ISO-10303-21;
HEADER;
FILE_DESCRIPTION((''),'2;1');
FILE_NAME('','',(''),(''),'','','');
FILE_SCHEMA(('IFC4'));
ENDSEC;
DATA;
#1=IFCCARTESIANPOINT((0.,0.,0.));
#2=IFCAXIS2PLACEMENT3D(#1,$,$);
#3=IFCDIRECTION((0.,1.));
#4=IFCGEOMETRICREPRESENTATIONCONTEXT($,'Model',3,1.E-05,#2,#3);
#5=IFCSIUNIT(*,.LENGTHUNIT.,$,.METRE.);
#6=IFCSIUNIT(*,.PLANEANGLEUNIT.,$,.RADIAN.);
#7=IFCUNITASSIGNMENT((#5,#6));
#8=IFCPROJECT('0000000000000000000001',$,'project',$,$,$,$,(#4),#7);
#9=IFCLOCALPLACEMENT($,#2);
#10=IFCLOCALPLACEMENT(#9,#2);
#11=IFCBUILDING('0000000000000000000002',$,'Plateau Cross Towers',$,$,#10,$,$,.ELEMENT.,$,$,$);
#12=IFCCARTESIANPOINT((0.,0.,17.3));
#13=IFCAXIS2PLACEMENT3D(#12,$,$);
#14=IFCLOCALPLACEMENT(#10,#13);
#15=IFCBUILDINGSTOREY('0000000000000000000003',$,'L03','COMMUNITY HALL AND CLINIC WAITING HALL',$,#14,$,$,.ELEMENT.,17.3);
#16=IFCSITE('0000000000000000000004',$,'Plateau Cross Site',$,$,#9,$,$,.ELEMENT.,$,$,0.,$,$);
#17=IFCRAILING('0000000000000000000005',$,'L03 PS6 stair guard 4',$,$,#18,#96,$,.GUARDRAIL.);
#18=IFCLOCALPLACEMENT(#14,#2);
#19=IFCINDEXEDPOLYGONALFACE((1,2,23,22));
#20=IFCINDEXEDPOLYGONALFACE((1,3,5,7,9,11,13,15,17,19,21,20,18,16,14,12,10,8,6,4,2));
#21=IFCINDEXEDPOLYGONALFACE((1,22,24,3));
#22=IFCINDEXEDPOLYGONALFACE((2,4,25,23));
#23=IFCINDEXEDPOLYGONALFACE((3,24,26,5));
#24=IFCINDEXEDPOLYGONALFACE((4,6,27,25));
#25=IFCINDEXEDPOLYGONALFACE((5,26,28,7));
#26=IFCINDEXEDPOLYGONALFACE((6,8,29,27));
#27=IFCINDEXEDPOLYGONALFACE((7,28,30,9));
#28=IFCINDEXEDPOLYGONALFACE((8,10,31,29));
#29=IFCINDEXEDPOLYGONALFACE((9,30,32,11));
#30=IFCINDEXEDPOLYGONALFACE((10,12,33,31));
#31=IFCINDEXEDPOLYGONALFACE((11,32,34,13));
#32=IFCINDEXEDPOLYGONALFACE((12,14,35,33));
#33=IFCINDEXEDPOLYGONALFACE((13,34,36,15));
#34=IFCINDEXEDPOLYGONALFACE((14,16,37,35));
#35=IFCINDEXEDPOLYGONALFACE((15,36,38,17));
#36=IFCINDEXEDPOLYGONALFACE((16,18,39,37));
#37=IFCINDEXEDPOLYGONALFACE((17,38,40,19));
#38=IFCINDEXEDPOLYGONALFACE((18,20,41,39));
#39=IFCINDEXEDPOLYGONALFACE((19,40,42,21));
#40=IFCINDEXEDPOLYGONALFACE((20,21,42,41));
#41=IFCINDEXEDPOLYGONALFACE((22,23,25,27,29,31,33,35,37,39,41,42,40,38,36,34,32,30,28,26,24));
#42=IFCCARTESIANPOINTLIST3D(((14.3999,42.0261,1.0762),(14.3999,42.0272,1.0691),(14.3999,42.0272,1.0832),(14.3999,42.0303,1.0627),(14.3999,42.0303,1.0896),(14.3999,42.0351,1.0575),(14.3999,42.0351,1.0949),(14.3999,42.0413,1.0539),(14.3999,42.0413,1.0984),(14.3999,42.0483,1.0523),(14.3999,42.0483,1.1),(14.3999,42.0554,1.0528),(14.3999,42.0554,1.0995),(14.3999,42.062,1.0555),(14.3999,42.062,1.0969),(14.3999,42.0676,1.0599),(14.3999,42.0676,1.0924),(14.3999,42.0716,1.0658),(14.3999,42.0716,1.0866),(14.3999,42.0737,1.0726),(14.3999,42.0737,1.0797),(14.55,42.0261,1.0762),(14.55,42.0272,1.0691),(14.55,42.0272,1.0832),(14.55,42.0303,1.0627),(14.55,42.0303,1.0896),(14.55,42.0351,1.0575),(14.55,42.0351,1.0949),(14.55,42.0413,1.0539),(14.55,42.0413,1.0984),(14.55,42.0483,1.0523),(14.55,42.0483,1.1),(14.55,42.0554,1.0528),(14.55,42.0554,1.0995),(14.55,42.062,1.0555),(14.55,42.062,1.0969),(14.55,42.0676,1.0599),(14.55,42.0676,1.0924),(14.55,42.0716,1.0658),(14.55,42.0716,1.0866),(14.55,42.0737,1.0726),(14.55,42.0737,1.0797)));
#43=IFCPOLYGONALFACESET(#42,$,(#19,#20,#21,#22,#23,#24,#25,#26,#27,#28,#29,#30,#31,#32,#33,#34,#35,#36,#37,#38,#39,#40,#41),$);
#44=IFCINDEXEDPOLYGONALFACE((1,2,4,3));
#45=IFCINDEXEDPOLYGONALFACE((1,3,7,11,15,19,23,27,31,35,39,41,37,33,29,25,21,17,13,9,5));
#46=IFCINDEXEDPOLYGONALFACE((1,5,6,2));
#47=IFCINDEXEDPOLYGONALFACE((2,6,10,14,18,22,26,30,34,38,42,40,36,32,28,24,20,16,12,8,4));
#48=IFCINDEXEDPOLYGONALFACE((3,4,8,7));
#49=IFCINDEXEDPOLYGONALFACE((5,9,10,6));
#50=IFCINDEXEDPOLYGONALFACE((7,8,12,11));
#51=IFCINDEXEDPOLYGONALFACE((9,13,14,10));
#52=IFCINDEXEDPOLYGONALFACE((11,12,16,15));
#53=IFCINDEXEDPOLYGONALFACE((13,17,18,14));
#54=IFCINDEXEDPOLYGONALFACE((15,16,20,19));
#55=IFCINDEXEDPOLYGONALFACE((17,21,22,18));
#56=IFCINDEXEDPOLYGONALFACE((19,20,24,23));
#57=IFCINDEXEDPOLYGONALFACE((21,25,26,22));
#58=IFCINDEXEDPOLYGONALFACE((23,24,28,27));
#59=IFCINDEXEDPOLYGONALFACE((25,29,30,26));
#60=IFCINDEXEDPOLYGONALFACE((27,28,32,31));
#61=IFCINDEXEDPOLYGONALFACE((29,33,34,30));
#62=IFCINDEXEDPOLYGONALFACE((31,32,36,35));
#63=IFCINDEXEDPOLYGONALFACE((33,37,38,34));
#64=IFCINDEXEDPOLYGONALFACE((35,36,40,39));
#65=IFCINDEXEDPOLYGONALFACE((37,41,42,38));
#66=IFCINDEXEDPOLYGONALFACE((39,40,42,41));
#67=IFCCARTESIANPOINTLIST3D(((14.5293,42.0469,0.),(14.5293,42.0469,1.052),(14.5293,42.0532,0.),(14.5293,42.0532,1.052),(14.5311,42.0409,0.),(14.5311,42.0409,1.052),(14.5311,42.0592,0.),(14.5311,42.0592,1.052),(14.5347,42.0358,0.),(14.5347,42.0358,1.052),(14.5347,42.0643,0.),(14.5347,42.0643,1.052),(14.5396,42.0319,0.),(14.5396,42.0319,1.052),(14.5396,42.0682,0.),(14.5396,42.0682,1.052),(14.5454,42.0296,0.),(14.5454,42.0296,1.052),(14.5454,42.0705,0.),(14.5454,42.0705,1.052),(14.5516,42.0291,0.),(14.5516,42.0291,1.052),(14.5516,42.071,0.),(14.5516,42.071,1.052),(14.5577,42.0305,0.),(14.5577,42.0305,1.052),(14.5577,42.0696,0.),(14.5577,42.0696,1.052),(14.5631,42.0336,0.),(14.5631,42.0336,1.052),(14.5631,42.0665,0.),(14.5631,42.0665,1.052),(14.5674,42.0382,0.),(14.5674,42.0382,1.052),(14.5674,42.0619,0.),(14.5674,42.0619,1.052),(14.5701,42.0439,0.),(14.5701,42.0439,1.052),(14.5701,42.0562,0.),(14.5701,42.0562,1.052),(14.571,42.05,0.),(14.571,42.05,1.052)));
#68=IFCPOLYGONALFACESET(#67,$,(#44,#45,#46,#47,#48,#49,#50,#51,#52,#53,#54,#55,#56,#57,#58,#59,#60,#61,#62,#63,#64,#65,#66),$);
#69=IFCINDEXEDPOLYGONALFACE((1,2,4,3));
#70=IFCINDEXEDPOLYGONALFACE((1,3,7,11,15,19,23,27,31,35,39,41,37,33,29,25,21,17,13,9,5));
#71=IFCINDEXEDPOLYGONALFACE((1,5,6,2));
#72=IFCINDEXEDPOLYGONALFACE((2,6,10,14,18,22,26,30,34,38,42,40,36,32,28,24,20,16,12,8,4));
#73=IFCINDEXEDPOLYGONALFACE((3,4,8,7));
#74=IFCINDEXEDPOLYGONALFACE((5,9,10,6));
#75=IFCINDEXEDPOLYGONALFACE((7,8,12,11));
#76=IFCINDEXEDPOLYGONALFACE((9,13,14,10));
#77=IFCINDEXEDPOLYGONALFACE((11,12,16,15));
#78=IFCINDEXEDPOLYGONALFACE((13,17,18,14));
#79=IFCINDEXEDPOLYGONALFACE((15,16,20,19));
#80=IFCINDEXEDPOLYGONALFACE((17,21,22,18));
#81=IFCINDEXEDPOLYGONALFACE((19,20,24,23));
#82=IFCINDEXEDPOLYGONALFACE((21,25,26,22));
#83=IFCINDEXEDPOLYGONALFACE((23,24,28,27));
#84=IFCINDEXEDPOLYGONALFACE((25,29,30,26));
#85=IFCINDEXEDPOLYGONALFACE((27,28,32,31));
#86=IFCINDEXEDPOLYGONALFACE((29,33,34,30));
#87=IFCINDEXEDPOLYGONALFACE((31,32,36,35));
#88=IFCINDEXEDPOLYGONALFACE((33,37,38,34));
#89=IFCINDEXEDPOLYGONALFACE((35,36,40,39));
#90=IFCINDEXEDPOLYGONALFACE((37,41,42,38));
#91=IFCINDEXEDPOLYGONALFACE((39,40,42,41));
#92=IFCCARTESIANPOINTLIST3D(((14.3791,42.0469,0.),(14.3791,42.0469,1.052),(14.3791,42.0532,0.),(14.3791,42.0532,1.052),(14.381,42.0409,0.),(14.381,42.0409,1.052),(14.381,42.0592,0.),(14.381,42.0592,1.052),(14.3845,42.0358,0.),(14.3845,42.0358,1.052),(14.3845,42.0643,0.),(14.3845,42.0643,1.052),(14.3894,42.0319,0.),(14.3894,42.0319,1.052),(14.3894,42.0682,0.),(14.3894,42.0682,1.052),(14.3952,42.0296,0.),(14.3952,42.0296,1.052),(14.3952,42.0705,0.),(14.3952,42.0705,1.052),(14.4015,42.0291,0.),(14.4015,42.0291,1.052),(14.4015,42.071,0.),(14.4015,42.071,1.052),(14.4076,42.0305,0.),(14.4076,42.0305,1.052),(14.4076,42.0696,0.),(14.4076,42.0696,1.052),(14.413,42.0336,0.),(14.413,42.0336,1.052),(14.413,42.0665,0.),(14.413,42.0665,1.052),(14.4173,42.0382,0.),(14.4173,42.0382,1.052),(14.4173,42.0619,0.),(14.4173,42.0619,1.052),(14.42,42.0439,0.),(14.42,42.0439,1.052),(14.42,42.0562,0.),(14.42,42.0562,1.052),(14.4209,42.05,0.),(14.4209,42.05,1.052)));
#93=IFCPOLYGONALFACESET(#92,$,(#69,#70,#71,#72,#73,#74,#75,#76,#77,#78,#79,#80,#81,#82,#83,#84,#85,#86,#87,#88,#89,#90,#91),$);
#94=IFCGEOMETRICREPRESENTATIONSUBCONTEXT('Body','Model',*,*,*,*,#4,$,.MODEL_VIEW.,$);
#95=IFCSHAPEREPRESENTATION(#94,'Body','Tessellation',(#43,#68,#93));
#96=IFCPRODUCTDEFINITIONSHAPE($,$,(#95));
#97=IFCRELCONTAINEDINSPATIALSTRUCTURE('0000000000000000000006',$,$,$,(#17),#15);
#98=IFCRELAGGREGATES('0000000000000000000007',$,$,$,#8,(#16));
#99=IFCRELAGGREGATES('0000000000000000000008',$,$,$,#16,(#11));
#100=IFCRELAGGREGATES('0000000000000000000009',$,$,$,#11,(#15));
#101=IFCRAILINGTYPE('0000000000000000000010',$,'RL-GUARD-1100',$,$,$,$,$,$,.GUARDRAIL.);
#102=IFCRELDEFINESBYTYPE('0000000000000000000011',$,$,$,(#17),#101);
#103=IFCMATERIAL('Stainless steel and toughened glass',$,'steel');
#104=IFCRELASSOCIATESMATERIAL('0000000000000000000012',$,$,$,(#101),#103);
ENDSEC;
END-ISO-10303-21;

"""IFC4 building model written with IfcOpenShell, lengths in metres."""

from ifc_helpers import new_model, si_unit, direction, frame, origin, origin_2d, place, context, subcontext, project, spatial, circle, extrude, material, type_object, element, save


model = new_model("IFC4")

# Units and contexts
model_context = context("Model", 3, precision=1e-05, world=origin(), true_north=direction((0.0, 1.0)))
body_context = subcontext(model_context, "Body", "Model", "MODEL_VIEW")
ifc_project = project(units=[si_unit("LENGTHUNIT", "METRE"), si_unit("PLANEANGLEUNIT", "RADIAN")], contexts=[model_context])

# Site, building, storey
site_placement = place(None, origin())
site = spatial("IfcSite", under=ifc_project, at=site_placement, Name="Plateau Cross Site", CompositionType="ELEMENT", RefElevation=0.0)
building_placement = place(site_placement, origin())
building = spatial("IfcBuilding", under=site, at=building_placement, Name="Plateau Cross Towers", CompositionType="ELEMENT")
storey_placement = place(building_placement, frame((0.0, 0.0, 17.3)))
storey = spatial("IfcBuildingStorey", under=building, at=storey_placement, Name="L03", Description="COMMUNITY HALL AND CLINIC WAITING HALL", CompositionType="ELEMENT", Elevation=17.3)

# Railing
ifc_material_1 = material(Name="Stainless steel and toughened glass", Category="steel")
railing_type_1 = type_object("IfcRailingType", Name="RL-GUARD-1100", PredefinedType="GUARDRAIL", material=ifc_material_1)
railing_1_placement = place(storey_placement, frame((14.55, 42.05, 0.0)))
element("IfcRailing", 1, at=railing_1_placement, inside=storey, type_object=railing_type_1, Name="L03 PS6 stair guard 4", PredefinedType="GUARDRAIL", context=body_context, shape_type="SweptSolid", body=[
    extrude(circle(Radius=0.0239, at=origin_2d()), frame((0.0, 0.0, 1.0762), z_axis=(-1.0, 0.0, 0.0), x_axis=(0.0, -1.0, 0.0)), (0.0, 0.0, 1.0), 0.1501),
    extrude(circle(Radius=0.021, at=origin_2d()), origin(), (0.0, 0.0, 1.0), 1.052),
    extrude(circle(Radius=0.021, at=origin_2d()), frame((-0.1501, 0.0, 0.0)), (0.0, 0.0, 1.0), 1.052),
])

save(model, "model.ifc")
